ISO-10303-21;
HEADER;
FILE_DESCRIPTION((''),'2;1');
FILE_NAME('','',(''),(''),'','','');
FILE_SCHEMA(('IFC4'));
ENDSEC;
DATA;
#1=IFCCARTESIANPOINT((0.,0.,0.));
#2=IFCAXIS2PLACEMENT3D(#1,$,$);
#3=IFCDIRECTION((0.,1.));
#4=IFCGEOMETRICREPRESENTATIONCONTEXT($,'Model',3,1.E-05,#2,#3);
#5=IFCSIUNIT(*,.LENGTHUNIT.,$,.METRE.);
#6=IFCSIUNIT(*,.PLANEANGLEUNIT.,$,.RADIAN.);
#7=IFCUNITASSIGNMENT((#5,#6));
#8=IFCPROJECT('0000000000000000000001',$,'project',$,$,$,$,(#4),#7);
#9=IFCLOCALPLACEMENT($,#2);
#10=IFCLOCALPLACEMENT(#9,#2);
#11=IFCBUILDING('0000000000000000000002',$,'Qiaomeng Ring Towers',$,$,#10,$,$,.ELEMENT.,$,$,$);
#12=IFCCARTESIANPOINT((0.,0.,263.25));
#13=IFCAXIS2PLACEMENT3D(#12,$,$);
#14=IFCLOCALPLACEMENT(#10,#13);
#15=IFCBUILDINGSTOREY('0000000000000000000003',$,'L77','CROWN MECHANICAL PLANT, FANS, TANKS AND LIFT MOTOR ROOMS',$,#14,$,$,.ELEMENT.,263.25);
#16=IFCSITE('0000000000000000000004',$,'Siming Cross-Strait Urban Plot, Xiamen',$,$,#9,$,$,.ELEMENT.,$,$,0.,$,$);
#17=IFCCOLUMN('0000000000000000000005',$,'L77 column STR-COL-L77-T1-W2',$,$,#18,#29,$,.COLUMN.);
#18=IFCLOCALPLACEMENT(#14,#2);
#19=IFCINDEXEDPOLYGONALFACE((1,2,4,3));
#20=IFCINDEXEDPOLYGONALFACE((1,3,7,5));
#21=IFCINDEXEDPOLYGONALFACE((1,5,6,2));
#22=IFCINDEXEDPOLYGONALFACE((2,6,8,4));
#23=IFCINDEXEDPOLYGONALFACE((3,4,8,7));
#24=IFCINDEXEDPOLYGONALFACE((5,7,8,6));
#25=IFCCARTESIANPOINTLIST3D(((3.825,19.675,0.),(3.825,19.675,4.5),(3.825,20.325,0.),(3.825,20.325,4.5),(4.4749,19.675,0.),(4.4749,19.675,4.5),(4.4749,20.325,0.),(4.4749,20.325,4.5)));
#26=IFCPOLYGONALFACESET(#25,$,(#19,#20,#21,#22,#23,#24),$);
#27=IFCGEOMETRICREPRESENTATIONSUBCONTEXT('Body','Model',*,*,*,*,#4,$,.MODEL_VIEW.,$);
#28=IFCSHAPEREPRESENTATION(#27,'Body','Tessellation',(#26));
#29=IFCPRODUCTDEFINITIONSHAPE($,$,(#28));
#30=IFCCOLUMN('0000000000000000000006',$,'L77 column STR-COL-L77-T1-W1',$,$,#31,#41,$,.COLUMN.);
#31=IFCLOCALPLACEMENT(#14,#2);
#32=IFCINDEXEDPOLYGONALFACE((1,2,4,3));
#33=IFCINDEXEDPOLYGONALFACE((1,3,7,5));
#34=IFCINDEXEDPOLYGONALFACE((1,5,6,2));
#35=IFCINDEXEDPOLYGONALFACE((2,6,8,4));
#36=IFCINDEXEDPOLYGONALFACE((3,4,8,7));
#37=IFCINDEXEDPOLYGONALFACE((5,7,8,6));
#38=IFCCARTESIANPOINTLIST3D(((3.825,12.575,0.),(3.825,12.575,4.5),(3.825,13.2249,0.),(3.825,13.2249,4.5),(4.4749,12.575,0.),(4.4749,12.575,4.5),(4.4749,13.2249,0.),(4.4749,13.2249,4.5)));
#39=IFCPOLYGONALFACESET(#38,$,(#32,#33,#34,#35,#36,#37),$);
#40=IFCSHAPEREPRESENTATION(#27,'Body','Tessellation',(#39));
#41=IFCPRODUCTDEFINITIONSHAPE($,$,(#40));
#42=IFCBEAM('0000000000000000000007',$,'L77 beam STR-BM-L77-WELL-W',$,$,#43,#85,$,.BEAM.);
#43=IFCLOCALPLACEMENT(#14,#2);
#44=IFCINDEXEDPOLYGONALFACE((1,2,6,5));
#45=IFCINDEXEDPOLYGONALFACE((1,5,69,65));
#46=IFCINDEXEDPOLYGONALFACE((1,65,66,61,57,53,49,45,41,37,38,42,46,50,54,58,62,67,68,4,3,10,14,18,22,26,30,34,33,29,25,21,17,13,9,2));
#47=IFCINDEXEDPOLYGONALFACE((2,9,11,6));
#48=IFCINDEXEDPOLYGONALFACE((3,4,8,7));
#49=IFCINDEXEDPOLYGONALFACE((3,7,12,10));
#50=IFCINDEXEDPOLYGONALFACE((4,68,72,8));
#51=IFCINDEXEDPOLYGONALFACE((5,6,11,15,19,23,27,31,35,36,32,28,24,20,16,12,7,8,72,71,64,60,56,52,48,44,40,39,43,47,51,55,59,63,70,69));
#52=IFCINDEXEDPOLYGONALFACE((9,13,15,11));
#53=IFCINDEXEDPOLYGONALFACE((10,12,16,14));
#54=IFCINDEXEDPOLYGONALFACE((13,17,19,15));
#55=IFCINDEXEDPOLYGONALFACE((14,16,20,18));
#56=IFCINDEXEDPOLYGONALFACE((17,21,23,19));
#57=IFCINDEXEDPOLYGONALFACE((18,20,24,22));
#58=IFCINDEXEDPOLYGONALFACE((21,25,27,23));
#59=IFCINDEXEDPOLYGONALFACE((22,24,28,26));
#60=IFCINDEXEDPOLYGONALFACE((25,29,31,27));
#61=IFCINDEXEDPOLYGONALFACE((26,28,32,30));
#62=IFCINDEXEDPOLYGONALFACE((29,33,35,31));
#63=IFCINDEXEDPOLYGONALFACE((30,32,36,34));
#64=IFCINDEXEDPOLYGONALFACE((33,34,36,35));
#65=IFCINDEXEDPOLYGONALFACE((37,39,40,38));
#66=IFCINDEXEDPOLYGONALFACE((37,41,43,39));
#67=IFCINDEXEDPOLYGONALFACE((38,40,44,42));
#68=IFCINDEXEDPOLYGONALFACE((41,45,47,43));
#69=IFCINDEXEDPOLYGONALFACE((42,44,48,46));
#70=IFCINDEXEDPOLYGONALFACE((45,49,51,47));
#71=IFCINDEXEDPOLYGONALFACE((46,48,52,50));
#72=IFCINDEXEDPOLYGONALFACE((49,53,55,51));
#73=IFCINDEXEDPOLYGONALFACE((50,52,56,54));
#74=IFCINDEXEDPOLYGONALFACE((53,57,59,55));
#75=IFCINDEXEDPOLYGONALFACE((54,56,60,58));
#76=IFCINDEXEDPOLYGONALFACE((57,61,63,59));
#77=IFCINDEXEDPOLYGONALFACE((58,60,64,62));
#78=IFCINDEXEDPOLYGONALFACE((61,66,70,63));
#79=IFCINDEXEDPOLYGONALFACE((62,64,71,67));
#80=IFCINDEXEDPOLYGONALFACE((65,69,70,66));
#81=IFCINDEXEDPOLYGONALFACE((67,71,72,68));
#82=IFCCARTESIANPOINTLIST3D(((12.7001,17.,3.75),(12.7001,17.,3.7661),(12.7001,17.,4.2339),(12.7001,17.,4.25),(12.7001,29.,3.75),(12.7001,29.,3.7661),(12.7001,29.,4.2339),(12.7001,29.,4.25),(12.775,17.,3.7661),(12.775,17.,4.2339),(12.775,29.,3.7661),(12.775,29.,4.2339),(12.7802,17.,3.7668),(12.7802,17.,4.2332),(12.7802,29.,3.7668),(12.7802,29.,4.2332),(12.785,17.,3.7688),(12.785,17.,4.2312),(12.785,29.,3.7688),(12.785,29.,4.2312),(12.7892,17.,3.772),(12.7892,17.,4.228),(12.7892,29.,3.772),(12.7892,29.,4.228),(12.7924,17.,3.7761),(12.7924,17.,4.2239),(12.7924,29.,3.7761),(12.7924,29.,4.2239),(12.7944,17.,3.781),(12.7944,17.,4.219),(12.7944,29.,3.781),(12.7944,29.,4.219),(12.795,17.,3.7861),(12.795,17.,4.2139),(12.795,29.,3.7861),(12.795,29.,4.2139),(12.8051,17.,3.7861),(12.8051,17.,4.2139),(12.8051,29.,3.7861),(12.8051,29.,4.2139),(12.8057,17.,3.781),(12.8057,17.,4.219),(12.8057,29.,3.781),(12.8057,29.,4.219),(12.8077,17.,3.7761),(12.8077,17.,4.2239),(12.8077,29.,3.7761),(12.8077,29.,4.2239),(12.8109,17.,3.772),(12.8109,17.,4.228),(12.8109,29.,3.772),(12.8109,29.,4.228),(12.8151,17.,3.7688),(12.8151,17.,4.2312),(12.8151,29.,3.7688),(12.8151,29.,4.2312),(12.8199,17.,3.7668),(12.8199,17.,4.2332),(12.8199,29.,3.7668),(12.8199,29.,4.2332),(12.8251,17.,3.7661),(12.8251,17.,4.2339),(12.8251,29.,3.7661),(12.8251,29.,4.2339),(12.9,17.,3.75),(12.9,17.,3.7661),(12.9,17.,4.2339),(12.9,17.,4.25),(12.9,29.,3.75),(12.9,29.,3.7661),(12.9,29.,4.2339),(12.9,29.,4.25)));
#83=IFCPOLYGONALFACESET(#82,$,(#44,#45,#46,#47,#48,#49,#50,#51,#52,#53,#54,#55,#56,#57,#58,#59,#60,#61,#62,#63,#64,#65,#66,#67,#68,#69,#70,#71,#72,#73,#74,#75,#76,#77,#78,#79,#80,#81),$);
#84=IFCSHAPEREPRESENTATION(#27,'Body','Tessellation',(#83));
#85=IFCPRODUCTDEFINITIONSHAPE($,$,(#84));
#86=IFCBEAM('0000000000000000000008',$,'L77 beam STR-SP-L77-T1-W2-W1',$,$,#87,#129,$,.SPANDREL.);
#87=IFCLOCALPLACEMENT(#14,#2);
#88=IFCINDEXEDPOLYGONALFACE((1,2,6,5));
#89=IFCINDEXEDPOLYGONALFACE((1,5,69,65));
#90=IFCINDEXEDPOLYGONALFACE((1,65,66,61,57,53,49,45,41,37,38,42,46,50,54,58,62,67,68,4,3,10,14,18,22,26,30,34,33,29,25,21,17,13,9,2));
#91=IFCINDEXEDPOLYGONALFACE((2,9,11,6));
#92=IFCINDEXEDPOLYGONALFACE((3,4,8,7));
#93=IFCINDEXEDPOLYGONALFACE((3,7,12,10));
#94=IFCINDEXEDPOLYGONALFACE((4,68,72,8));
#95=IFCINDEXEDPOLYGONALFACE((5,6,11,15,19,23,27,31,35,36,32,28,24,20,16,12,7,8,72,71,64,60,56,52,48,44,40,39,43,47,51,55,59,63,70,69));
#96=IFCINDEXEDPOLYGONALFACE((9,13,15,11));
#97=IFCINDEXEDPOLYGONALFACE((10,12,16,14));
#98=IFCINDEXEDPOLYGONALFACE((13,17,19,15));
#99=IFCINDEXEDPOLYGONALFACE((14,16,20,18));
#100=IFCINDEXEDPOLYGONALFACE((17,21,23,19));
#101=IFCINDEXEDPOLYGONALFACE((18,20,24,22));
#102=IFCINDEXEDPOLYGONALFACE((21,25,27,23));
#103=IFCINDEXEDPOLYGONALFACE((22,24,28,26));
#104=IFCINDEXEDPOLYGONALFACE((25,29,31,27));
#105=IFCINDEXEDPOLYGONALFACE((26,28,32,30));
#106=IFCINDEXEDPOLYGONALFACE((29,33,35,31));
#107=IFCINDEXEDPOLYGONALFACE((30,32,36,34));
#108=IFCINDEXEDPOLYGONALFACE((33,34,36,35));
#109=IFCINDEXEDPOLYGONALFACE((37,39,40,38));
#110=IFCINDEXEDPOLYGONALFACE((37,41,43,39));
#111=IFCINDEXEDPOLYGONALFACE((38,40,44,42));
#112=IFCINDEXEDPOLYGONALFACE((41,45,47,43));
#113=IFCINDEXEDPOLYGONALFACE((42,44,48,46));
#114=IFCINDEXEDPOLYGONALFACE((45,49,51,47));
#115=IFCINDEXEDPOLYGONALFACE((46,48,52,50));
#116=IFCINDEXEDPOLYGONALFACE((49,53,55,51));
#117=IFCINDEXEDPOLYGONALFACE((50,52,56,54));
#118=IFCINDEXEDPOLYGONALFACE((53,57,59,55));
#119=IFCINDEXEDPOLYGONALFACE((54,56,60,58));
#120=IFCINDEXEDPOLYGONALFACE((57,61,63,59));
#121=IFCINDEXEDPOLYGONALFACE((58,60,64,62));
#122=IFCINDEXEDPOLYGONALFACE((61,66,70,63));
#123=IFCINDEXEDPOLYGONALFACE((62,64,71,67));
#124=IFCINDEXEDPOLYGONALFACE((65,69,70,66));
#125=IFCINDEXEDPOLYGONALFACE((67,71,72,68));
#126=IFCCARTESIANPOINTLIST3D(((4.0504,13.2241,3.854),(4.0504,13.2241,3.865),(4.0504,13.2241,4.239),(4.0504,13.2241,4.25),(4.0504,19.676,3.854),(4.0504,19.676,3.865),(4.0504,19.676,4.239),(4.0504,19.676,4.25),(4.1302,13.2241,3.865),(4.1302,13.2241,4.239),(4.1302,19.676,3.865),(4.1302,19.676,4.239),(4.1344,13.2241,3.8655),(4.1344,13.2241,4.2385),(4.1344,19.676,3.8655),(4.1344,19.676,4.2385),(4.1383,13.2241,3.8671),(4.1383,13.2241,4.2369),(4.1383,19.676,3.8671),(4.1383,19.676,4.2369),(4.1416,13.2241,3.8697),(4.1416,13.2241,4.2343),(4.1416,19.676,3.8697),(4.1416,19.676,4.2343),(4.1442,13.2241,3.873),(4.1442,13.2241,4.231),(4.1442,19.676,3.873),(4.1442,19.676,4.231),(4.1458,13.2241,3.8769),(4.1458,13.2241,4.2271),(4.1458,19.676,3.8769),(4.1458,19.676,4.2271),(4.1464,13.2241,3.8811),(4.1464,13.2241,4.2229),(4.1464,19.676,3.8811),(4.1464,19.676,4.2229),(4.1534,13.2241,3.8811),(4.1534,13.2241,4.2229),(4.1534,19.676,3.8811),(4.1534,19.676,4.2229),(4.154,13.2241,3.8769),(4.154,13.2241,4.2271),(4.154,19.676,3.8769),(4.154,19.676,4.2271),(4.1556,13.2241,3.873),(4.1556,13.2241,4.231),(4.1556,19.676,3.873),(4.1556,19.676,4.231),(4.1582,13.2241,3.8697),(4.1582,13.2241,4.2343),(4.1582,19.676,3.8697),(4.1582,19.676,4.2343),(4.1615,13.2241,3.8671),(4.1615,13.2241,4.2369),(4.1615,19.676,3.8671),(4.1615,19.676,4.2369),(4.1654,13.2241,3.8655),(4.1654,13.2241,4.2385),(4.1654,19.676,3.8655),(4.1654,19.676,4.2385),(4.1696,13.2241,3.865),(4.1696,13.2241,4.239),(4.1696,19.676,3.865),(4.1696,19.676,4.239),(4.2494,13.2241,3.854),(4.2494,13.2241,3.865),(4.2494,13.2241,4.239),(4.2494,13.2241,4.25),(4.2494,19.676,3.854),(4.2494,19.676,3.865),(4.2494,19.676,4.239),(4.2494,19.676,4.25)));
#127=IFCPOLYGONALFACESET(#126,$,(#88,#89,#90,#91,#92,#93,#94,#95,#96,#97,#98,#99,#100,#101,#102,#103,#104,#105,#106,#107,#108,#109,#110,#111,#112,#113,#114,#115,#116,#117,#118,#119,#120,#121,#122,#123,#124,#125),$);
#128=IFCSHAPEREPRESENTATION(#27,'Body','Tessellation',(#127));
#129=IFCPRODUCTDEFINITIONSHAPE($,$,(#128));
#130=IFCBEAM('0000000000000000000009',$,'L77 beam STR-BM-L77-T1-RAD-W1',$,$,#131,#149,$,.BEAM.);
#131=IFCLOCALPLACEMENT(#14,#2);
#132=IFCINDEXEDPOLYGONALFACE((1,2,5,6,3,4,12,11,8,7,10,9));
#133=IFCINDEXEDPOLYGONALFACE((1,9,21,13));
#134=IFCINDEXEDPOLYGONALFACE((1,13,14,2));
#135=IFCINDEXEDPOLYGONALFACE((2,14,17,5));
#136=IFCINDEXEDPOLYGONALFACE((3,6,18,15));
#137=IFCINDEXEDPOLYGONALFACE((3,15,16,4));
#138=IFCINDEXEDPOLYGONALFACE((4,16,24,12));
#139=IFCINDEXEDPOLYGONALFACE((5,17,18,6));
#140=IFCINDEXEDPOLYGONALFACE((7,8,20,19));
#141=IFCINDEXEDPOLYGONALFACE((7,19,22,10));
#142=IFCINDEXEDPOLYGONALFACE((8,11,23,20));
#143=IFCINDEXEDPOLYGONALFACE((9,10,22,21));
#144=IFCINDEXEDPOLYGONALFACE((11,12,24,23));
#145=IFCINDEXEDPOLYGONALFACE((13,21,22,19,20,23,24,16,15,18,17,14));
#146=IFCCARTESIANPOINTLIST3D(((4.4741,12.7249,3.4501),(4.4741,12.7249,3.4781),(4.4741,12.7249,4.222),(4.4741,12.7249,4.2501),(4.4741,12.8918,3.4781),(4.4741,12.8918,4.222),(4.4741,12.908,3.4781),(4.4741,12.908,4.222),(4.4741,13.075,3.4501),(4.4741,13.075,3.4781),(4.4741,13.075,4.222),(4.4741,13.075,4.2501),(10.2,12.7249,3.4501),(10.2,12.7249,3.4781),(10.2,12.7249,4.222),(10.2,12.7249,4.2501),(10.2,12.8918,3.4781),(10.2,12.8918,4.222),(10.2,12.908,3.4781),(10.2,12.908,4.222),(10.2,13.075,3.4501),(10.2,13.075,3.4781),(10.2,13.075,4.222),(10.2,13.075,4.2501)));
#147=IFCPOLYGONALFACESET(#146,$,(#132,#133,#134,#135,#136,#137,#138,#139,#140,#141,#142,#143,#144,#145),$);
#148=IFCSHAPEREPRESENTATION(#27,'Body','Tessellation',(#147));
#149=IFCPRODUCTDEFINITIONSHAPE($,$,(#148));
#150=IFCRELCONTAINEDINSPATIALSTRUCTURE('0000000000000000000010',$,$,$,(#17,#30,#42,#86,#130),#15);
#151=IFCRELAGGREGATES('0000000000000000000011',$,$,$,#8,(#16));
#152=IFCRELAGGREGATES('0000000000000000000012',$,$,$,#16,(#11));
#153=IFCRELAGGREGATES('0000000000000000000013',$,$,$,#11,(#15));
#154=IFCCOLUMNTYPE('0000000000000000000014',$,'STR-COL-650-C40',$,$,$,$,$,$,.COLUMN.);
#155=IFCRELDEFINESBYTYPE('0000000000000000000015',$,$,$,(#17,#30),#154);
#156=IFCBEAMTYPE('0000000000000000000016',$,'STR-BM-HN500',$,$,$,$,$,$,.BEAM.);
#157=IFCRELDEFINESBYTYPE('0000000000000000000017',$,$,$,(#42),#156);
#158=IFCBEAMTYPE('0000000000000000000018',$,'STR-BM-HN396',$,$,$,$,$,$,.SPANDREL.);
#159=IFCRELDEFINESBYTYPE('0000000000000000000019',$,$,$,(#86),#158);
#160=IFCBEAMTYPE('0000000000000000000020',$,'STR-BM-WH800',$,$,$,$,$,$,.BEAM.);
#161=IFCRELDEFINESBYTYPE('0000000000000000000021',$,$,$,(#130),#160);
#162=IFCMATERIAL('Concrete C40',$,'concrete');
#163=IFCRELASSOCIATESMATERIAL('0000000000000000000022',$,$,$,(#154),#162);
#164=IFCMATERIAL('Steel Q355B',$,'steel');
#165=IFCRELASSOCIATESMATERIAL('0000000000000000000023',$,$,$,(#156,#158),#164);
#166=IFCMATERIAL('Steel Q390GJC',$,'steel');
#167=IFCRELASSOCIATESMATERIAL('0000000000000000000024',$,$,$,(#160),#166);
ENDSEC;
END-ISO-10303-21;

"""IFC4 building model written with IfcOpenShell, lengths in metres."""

from ifc_helpers import new_model, si_unit, direction, frame, origin, origin_2d, place, context, subcontext, project, spatial, rectangle, i_section, extrude, source, transform, mapped, material, material_profile, profile_set, type_object, element, save


model = new_model("IFC4")

# Units and contexts
model_context = context("Model", 3, precision=1e-05, world=origin(), true_north=direction((0.0, 1.0)))
body_context = subcontext(model_context, "Body", "Model", "MODEL_VIEW")
ifc_project = project(units=[si_unit("LENGTHUNIT", "METRE"), si_unit("PLANEANGLEUNIT", "RADIAN")], contexts=[model_context])

# Site, building, storey
site_placement = place(None, origin())
site = spatial("IfcSite", under=ifc_project, at=site_placement, Name="Siming Cross-Strait Urban Plot, Xiamen", CompositionType="ELEMENT", RefElevation=0.0)
building_placement = place(site_placement, origin())
building = spatial("IfcBuilding", under=site, at=building_placement, Name="Qiaomeng Ring Towers", CompositionType="ELEMENT")
storey_placement = place(building_placement, frame((0.0, 0.0, 263.25)))
storey = spatial("IfcBuildingStorey", under=building, at=storey_placement, Name="L77", Description="CROWN MECHANICAL PLANT, FANS, TANKS AND LIFT MOTOR ROOMS", CompositionType="ELEMENT", Elevation=263.25)

# Columns
ifc_material_1 = material(Name="Concrete C40", Category="concrete")
ifc_material_profile_1 = material_profile(ifc_material_1, rectangle(XDim=0.6499, YDim=0.6499, at=origin_2d()), Name="RC COL 650x650")
ifc_profile_set_1 = profile_set([ifc_material_profile_1], Name="Concrete C40")
column_type = type_object("IfcColumnType", Name="STR-COL-650-C40", PredefinedType="COLUMN", material=ifc_profile_set_1)
shared_shape_1 = source(origin(), body_context, "Body", "SweptSolid", [
    extrude(rectangle(XDim=0.6499, YDim=0.6499, at=origin_2d()), origin(), (0.0, 0.0, 1.0), 4.5),
])
for number, where, z_axis, x_axis, name in (
    (1, (4.1499, 20.0, 0.0), (0.0, 0.0, 1.0), (1.0, 0.0, 0.0), "L77 column STR-COL-L77-T1-W2"),
    (2, (4.1499, 12.8999, 0.0), (0.0, 0.0, 1.0), (1.0, 0.0, 0.0), "L77 column STR-COL-L77-T1-W1"),
):
    element("IfcColumn", number, at=place(storey_placement, frame(where, z_axis=z_axis, x_axis=x_axis)), inside=storey, type_object=column_type, Name=name, PredefinedType="COLUMN", context=body_context, shape_type="MappedRepresentation", body=[
        mapped(shared_shape_1, transform((0.0, 0.0, 0.0), x_axis=(1.0, 0.0, 0.0), y_axis=(0.0, 1.0, 0.0), z_axis=(0.0, 0.0, 1.0), scale=1.0)),
    ])

# Beams
ifc_material_2 = material(Name="Steel Q355B", Category="steel")
ifc_material_profile_2 = material_profile(ifc_material_2, i_section(OverallWidth=0.2, OverallDepth=0.5, WebThickness=0.01, FlangeThickness=0.0161, FilletRadius=0.02, at=origin_2d()), Name="HN 500x200x10x16")
ifc_profile_set_2 = profile_set([ifc_material_profile_2], Name="Steel Q355B")
beam_type_1 = type_object("IfcBeamType", Name="STR-BM-HN500", PredefinedType="BEAM", material=ifc_profile_set_2)
shared_shape_2 = source(origin(), body_context, "Body", "SweptSolid", [
    extrude(i_section(OverallWidth=0.2, OverallDepth=0.5, WebThickness=0.01, FlangeThickness=0.0161, FilletRadius=0.02, at=origin_2d()), origin(), (0.0, 0.0, 1.0), 12.0),
])
beam_1_placement = place(storey_placement, frame((12.8, 17.0, 4.0), z_axis=(0.0, 1.0, 0.0), x_axis=(-1.0, 0.0, 0.0)))
element("IfcBeam", 3, at=beam_1_placement, inside=storey, type_object=beam_type_1, Name="L77 beam STR-BM-L77-WELL-W", PredefinedType="BEAM", context=body_context, shape_type="MappedRepresentation", body=[
    mapped(shared_shape_2, transform((0.0, 0.0, 0.0), x_axis=(1.0, 0.0, 0.0), y_axis=(0.0, 1.0, 0.0), z_axis=(0.0, 0.0, 1.0), scale=1.0)),
])
ifc_material_profile_3 = material_profile(ifc_material_2, i_section(OverallWidth=0.199, OverallDepth=0.396, WebThickness=0.0071, FlangeThickness=0.011, FilletRadius=0.0161, at=origin_2d()), Name="HN 396x199x7x11")
ifc_profile_set_3 = profile_set([ifc_material_profile_3], Name="Steel Q355B")
beam_type_2 = type_object("IfcBeamType", Name="STR-BM-HN396", PredefinedType="SPANDREL", material=ifc_profile_set_3)
shared_shape_3 = source(origin(), body_context, "Body", "SweptSolid", [
    extrude(i_section(OverallWidth=0.199, OverallDepth=0.396, WebThickness=0.0071, FlangeThickness=0.011, FilletRadius=0.0161, at=origin_2d()), origin(), (0.0, 0.0, 1.0), 6.4519),
])
beam_2_placement = place(storey_placement, frame((4.1499, 19.676, 4.052), z_axis=(0.0, -1.0, 0.0), x_axis=(1.0, 0.0, 0.0)))
element("IfcBeam", 4, at=beam_2_placement, inside=storey, type_object=beam_type_2, Name="L77 beam STR-SP-L77-T1-W2-W1", PredefinedType="SPANDREL", context=body_context, shape_type="MappedRepresentation", body=[
    mapped(shared_shape_3, transform((0.0, 0.0, 0.0), x_axis=(1.0, 0.0, 0.0), y_axis=(0.0, 1.0, 0.0), z_axis=(0.0, 0.0, 1.0), scale=1.0)),
])
ifc_material_3 = material(Name="Steel Q390GJC", Category="steel")
ifc_material_profile_4 = material_profile(ifc_material_3, i_section(OverallWidth=0.3501, OverallDepth=0.8, WebThickness=0.0161, FlangeThickness=0.0281, at=origin_2d()), Name="WH 800x350x16x28")
ifc_profile_set_4 = profile_set([ifc_material_profile_4], Name="Steel Q390GJC")
beam_type_3 = type_object("IfcBeamType", Name="STR-BM-WH800", PredefinedType="BEAM", material=ifc_profile_set_4)
shared_shape_4 = source(origin(), body_context, "Body", "SweptSolid", [
    extrude(i_section(OverallWidth=0.3501, OverallDepth=0.8, WebThickness=0.0161, FlangeThickness=0.0281, at=origin_2d()), origin(), (0.0, 0.0, 1.0), 5.7258),
])
beam_3_placement = place(storey_placement, frame((4.4741, 12.8999, 3.8501), z_axis=(1.0, 0.0, 0.0), x_axis=(0.0, 1.0, 0.0)))
element("IfcBeam", 5, at=beam_3_placement, inside=storey, type_object=beam_type_3, Name="L77 beam STR-BM-L77-T1-RAD-W1", PredefinedType="BEAM", context=body_context, shape_type="MappedRepresentation", body=[
    mapped(shared_shape_4, transform((0.0, 0.0, 0.0), x_axis=(1.0, 0.0, 0.0), y_axis=(0.0, 1.0, 0.0), z_axis=(0.0, 0.0, 1.0), scale=1.0)),
])

save(model, "model.ifc")
